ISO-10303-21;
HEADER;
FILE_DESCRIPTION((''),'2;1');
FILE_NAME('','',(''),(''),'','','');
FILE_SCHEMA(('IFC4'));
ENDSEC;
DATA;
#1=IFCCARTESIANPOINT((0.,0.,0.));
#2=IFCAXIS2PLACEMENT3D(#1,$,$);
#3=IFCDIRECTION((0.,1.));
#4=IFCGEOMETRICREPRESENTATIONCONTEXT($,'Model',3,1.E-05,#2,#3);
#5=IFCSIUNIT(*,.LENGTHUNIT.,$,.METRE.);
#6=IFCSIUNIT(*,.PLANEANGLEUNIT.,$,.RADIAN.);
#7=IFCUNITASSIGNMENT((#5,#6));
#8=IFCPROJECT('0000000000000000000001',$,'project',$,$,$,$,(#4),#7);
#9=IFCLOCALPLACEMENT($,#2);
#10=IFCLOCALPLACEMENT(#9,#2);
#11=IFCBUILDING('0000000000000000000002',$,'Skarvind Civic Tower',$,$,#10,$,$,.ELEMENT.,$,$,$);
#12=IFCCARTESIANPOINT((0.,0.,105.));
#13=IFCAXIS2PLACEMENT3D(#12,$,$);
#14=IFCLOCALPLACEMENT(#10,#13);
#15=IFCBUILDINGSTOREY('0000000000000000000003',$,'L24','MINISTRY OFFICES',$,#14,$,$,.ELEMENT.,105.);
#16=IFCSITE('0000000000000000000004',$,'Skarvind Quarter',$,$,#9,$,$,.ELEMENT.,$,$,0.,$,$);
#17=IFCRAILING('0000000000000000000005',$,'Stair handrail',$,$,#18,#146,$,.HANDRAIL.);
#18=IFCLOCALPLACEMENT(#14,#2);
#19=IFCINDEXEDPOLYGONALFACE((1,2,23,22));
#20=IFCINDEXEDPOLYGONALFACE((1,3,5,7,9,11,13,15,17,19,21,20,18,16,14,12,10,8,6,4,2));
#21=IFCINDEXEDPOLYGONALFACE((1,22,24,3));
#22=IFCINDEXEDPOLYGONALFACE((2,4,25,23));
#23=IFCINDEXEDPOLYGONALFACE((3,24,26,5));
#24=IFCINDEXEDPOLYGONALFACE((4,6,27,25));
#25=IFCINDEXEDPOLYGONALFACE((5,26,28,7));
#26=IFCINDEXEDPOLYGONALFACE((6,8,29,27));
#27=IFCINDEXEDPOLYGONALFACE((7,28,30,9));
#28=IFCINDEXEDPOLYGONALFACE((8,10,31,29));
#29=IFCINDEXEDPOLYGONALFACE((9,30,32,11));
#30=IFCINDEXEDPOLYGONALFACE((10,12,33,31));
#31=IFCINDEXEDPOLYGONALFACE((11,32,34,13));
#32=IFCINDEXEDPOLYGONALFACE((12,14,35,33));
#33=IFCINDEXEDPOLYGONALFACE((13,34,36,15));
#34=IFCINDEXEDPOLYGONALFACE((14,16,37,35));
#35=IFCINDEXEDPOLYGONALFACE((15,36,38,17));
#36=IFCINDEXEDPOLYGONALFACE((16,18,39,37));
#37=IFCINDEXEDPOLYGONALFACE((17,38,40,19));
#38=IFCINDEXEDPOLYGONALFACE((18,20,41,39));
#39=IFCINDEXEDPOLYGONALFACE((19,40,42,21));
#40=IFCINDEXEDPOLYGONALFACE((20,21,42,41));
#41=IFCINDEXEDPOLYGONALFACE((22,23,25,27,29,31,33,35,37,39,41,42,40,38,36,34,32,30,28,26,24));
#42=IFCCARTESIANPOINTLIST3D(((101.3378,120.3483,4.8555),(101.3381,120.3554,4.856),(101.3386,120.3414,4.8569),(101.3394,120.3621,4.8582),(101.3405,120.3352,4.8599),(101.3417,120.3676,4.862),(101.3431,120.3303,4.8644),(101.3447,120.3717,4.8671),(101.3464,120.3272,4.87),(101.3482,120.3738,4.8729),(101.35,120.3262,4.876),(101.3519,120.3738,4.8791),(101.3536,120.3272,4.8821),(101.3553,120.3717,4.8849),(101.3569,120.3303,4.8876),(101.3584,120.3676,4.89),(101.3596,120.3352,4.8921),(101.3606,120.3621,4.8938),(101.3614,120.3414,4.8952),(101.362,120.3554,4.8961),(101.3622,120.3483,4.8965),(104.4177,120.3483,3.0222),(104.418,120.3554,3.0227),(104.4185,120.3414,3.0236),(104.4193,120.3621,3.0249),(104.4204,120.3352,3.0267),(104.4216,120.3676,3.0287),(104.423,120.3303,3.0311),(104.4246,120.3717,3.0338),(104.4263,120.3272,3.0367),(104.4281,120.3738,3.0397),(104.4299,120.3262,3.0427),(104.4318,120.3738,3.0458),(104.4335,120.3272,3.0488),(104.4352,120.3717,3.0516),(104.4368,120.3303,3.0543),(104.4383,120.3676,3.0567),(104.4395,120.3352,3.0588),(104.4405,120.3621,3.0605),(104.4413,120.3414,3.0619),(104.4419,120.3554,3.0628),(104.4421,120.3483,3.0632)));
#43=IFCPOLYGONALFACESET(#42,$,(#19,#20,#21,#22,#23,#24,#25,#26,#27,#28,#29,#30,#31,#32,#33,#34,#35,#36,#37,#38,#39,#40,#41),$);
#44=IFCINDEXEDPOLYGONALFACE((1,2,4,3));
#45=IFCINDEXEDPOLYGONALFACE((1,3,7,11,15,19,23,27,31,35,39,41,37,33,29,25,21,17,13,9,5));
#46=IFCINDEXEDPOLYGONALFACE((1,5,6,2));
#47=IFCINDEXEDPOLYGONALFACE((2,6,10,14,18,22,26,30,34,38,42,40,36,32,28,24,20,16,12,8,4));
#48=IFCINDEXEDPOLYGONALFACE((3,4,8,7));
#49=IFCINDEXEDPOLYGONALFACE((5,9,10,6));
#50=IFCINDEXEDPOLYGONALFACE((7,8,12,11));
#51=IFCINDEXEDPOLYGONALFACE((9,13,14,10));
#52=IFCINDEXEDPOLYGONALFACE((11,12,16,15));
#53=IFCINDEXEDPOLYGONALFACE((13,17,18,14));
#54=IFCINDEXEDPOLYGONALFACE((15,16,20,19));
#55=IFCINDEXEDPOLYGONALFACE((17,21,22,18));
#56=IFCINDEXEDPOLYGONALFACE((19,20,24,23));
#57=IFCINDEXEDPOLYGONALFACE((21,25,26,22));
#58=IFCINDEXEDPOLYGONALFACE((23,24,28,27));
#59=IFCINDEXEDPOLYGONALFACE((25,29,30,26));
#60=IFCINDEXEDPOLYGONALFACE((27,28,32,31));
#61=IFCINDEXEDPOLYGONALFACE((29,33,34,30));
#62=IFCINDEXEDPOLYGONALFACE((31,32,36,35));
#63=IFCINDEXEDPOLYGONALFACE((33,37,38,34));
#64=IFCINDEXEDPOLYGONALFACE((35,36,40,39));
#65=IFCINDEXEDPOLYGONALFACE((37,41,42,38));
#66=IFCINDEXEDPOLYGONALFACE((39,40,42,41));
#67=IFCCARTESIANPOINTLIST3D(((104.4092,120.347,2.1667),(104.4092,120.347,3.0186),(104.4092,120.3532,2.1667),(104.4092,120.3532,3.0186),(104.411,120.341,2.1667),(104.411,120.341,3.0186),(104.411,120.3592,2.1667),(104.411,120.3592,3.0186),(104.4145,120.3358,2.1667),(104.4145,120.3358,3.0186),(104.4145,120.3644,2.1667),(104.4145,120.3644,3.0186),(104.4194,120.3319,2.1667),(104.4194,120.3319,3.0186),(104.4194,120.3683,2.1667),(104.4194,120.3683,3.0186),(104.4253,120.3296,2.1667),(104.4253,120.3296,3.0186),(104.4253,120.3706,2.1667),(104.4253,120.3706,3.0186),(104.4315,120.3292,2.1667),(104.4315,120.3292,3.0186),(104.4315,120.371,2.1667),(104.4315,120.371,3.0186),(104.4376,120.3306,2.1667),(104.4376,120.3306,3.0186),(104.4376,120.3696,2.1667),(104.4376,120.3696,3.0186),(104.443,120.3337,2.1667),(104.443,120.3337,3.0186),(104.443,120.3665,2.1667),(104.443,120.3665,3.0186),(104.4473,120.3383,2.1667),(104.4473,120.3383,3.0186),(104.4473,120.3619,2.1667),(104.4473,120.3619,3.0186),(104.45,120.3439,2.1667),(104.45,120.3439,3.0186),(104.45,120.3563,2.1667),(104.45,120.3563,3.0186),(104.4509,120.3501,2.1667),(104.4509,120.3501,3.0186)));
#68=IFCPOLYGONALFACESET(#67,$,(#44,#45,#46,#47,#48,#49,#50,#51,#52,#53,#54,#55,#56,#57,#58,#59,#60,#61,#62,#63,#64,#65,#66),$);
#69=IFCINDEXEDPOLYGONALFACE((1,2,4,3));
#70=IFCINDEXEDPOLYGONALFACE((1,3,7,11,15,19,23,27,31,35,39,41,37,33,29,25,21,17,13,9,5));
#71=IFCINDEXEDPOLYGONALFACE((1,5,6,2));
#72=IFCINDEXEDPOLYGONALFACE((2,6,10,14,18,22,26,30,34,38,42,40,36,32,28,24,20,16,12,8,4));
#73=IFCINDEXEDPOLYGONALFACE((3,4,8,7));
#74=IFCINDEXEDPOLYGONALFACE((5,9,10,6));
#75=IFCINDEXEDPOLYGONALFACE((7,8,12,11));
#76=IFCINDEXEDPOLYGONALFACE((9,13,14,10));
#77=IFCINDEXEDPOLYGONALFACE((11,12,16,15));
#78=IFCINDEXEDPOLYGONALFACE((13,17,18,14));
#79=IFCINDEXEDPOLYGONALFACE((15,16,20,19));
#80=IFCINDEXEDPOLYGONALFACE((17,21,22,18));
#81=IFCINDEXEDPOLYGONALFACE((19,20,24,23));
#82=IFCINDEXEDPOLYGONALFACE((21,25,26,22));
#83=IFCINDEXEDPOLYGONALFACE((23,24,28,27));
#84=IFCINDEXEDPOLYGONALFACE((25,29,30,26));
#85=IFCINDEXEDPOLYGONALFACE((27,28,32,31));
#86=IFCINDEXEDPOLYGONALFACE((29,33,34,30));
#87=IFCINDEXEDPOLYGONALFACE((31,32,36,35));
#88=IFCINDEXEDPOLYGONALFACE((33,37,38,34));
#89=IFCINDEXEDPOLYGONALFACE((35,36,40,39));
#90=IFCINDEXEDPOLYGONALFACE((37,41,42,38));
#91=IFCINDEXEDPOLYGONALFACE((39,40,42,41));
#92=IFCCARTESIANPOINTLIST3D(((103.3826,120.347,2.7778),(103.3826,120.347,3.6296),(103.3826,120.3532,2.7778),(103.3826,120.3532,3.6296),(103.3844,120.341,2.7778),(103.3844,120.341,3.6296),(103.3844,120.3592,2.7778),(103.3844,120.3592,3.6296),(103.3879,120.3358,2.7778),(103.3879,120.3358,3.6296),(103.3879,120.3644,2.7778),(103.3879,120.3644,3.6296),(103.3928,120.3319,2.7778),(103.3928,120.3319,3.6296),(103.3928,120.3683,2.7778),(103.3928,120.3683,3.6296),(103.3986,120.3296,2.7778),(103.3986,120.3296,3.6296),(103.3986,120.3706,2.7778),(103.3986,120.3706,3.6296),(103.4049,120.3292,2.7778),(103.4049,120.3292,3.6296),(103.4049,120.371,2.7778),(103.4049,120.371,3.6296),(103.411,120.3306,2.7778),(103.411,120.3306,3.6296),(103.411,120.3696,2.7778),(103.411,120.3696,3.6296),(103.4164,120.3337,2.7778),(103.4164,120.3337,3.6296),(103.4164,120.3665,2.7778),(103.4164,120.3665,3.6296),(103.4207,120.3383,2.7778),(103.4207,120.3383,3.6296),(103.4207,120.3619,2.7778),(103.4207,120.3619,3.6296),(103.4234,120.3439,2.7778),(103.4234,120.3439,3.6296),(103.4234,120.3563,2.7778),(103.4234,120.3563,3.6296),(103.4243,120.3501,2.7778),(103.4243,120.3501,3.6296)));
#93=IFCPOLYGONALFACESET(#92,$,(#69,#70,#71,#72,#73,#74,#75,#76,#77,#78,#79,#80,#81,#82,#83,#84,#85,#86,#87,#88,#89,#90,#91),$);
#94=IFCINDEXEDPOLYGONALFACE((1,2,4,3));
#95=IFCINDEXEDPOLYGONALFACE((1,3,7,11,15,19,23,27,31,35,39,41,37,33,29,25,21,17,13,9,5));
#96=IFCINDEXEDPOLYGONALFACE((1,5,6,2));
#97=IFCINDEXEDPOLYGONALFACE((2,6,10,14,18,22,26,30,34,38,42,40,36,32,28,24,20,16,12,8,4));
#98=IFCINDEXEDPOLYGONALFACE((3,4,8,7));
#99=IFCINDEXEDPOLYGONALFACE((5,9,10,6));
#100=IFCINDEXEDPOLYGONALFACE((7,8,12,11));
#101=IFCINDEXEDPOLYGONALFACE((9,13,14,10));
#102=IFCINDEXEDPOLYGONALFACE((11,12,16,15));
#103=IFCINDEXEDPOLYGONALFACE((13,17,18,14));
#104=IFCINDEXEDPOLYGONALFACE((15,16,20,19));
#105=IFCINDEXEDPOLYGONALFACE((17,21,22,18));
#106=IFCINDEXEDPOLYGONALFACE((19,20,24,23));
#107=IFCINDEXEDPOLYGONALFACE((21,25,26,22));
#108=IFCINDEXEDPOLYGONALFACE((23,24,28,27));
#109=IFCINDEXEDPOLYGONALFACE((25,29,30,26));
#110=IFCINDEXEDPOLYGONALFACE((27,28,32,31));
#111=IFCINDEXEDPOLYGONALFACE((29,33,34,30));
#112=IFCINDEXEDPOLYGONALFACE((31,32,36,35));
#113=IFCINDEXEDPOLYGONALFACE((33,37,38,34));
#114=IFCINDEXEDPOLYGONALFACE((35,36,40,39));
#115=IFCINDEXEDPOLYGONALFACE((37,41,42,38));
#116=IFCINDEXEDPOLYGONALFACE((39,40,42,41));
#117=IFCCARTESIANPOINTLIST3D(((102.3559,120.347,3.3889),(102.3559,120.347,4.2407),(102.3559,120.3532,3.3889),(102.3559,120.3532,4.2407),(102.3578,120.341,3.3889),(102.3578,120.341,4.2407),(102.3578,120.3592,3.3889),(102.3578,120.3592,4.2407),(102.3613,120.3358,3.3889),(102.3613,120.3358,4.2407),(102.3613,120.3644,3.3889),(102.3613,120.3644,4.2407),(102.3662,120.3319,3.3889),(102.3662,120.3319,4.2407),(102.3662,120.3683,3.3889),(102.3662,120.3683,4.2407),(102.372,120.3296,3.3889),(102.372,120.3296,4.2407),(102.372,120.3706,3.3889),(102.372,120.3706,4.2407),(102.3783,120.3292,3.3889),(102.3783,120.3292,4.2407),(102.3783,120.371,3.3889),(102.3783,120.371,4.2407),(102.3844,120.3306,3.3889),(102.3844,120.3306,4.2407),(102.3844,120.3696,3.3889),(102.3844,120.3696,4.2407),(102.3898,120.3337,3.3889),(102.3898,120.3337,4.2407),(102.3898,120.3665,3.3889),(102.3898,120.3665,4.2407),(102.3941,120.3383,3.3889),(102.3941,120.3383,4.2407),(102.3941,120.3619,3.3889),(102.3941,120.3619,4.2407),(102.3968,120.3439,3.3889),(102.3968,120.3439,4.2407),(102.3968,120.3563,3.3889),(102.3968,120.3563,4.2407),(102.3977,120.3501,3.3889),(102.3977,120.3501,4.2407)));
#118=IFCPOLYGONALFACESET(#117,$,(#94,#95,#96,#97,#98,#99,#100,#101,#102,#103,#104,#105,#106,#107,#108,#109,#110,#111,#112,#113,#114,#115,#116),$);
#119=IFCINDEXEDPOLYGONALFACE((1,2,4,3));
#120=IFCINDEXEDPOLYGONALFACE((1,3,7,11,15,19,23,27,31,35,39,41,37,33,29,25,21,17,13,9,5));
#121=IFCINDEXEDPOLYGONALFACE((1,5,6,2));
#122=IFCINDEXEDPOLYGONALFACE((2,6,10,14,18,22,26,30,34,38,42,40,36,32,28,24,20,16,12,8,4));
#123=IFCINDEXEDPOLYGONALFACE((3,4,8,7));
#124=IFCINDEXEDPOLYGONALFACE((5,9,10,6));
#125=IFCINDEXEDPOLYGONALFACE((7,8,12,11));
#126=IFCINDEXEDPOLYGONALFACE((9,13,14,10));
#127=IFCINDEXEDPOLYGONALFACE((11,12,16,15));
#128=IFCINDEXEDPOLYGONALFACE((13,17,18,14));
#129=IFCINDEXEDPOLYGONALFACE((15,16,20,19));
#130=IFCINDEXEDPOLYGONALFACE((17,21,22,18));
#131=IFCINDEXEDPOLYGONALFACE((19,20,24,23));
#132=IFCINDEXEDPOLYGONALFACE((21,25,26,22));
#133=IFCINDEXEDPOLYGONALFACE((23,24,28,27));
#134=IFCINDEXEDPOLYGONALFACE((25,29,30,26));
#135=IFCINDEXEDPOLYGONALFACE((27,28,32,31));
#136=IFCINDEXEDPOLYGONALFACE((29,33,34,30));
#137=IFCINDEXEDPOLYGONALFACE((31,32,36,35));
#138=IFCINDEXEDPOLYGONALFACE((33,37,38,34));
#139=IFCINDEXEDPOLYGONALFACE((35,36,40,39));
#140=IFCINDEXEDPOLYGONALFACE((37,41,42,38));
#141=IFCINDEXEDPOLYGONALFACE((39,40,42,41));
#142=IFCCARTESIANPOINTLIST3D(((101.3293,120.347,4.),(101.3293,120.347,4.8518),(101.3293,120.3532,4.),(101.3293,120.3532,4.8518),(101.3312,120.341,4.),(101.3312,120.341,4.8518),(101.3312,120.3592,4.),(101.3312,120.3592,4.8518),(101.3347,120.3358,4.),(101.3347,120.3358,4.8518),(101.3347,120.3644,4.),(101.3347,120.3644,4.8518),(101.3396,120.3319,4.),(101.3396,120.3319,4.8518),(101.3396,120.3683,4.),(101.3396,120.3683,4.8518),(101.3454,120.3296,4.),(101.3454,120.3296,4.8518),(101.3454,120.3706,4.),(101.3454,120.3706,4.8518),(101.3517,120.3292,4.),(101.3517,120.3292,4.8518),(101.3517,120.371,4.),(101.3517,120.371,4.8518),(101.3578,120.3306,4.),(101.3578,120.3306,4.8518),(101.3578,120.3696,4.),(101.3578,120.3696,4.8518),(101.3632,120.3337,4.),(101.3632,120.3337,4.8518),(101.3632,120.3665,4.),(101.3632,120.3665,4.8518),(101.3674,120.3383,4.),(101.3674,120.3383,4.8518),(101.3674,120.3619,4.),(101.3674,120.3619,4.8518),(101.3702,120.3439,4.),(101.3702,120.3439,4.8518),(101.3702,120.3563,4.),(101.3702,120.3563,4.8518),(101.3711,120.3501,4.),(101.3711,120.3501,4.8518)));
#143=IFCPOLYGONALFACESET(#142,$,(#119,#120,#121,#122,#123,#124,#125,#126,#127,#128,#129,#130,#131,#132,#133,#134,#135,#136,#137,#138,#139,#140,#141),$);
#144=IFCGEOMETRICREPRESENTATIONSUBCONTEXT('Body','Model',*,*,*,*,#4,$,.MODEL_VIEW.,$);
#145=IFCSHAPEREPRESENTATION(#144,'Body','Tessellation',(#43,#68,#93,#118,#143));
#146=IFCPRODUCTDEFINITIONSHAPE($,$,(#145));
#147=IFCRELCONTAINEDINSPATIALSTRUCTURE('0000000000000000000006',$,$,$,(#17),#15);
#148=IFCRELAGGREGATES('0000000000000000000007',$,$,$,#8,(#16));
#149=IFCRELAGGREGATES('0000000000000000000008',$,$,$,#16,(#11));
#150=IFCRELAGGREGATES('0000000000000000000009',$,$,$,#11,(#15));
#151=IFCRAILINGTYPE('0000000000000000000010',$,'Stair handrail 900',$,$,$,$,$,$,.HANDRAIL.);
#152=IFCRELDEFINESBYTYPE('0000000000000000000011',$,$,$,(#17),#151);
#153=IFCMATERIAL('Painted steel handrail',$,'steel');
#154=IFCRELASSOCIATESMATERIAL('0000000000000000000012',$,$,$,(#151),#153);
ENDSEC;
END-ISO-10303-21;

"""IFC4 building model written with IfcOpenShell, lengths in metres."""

from ifc_helpers import new_model, si_unit, direction, frame, origin, origin_2d, place, context, subcontext, project, spatial, circle, extrude, material, type_object, element, save


model = new_model("IFC4")

# Units and contexts
model_context = context("Model", 3, precision=1e-05, world=origin(), true_north=direction((0.0, 1.0)))
body_context = subcontext(model_context, "Body", "Model", "MODEL_VIEW")
ifc_project = project(units=[si_unit("LENGTHUNIT", "METRE"), si_unit("PLANEANGLEUNIT", "RADIAN")], contexts=[model_context])

# Site, building, storey
site_placement = place(None, origin())
site = spatial("IfcSite", under=ifc_project, at=site_placement, Name="Skarvind Quarter", CompositionType="ELEMENT", RefElevation=0.0)
building_placement = place(site_placement, origin())
building = spatial("IfcBuilding", under=site, at=building_placement, Name="Skarvind Civic Tower", CompositionType="ELEMENT")
storey_placement = place(building_placement, frame((0.0, 0.0, 105.0)))
storey = spatial("IfcBuildingStorey", under=building, at=storey_placement, Name="L24", Description="MINISTRY OFFICES", CompositionType="ELEMENT", Elevation=105.0)

# Railing
ifc_material_1 = material(Name="Painted steel handrail", Category="steel")
railing_type = type_object("IfcRailingType", Name="Stair handrail 900", PredefinedType="HANDRAIL", material=ifc_material_1)
for number, where, name in (
    (1, (104.4299, 120.3501, 2.1667), "Stair handrail"),
):
    element("IfcRailing", number, at=place(storey_placement, frame(where)), inside=storey, type_object=railing_type, Name=name, PredefinedType="HANDRAIL", context=body_context, shape_type="SweptSolid", body=[
        extrude(circle(Radius=0.0239, at=origin_2d()), frame((0.0, 0.0, 0.876), z_axis=(-0.859291, 0.0, 0.511487), x_axis=(0.0, -1.0, 0.0)), (0.0, 0.0, 1.0), 3.5842),
        extrude(circle(Radius=0.021, at=origin_2d()), origin(), (0.0, 0.0, 1.0), 0.8518),
        extrude(circle(Radius=0.021, at=origin_2d()), frame((-1.0266, 0.0, 0.6111)), (0.0, 0.0, 1.0), 0.8518),
        extrude(circle(Radius=0.021, at=origin_2d()), frame((-2.0532, 0.0, 1.2222)), (0.0, 0.0, 1.0), 0.8518),
        extrude(circle(Radius=0.021, at=origin_2d()), frame((-3.0798, 0.0, 1.8333)), (0.0, 0.0, 1.0), 0.8518),
    ])

save(model, "model.ifc")
